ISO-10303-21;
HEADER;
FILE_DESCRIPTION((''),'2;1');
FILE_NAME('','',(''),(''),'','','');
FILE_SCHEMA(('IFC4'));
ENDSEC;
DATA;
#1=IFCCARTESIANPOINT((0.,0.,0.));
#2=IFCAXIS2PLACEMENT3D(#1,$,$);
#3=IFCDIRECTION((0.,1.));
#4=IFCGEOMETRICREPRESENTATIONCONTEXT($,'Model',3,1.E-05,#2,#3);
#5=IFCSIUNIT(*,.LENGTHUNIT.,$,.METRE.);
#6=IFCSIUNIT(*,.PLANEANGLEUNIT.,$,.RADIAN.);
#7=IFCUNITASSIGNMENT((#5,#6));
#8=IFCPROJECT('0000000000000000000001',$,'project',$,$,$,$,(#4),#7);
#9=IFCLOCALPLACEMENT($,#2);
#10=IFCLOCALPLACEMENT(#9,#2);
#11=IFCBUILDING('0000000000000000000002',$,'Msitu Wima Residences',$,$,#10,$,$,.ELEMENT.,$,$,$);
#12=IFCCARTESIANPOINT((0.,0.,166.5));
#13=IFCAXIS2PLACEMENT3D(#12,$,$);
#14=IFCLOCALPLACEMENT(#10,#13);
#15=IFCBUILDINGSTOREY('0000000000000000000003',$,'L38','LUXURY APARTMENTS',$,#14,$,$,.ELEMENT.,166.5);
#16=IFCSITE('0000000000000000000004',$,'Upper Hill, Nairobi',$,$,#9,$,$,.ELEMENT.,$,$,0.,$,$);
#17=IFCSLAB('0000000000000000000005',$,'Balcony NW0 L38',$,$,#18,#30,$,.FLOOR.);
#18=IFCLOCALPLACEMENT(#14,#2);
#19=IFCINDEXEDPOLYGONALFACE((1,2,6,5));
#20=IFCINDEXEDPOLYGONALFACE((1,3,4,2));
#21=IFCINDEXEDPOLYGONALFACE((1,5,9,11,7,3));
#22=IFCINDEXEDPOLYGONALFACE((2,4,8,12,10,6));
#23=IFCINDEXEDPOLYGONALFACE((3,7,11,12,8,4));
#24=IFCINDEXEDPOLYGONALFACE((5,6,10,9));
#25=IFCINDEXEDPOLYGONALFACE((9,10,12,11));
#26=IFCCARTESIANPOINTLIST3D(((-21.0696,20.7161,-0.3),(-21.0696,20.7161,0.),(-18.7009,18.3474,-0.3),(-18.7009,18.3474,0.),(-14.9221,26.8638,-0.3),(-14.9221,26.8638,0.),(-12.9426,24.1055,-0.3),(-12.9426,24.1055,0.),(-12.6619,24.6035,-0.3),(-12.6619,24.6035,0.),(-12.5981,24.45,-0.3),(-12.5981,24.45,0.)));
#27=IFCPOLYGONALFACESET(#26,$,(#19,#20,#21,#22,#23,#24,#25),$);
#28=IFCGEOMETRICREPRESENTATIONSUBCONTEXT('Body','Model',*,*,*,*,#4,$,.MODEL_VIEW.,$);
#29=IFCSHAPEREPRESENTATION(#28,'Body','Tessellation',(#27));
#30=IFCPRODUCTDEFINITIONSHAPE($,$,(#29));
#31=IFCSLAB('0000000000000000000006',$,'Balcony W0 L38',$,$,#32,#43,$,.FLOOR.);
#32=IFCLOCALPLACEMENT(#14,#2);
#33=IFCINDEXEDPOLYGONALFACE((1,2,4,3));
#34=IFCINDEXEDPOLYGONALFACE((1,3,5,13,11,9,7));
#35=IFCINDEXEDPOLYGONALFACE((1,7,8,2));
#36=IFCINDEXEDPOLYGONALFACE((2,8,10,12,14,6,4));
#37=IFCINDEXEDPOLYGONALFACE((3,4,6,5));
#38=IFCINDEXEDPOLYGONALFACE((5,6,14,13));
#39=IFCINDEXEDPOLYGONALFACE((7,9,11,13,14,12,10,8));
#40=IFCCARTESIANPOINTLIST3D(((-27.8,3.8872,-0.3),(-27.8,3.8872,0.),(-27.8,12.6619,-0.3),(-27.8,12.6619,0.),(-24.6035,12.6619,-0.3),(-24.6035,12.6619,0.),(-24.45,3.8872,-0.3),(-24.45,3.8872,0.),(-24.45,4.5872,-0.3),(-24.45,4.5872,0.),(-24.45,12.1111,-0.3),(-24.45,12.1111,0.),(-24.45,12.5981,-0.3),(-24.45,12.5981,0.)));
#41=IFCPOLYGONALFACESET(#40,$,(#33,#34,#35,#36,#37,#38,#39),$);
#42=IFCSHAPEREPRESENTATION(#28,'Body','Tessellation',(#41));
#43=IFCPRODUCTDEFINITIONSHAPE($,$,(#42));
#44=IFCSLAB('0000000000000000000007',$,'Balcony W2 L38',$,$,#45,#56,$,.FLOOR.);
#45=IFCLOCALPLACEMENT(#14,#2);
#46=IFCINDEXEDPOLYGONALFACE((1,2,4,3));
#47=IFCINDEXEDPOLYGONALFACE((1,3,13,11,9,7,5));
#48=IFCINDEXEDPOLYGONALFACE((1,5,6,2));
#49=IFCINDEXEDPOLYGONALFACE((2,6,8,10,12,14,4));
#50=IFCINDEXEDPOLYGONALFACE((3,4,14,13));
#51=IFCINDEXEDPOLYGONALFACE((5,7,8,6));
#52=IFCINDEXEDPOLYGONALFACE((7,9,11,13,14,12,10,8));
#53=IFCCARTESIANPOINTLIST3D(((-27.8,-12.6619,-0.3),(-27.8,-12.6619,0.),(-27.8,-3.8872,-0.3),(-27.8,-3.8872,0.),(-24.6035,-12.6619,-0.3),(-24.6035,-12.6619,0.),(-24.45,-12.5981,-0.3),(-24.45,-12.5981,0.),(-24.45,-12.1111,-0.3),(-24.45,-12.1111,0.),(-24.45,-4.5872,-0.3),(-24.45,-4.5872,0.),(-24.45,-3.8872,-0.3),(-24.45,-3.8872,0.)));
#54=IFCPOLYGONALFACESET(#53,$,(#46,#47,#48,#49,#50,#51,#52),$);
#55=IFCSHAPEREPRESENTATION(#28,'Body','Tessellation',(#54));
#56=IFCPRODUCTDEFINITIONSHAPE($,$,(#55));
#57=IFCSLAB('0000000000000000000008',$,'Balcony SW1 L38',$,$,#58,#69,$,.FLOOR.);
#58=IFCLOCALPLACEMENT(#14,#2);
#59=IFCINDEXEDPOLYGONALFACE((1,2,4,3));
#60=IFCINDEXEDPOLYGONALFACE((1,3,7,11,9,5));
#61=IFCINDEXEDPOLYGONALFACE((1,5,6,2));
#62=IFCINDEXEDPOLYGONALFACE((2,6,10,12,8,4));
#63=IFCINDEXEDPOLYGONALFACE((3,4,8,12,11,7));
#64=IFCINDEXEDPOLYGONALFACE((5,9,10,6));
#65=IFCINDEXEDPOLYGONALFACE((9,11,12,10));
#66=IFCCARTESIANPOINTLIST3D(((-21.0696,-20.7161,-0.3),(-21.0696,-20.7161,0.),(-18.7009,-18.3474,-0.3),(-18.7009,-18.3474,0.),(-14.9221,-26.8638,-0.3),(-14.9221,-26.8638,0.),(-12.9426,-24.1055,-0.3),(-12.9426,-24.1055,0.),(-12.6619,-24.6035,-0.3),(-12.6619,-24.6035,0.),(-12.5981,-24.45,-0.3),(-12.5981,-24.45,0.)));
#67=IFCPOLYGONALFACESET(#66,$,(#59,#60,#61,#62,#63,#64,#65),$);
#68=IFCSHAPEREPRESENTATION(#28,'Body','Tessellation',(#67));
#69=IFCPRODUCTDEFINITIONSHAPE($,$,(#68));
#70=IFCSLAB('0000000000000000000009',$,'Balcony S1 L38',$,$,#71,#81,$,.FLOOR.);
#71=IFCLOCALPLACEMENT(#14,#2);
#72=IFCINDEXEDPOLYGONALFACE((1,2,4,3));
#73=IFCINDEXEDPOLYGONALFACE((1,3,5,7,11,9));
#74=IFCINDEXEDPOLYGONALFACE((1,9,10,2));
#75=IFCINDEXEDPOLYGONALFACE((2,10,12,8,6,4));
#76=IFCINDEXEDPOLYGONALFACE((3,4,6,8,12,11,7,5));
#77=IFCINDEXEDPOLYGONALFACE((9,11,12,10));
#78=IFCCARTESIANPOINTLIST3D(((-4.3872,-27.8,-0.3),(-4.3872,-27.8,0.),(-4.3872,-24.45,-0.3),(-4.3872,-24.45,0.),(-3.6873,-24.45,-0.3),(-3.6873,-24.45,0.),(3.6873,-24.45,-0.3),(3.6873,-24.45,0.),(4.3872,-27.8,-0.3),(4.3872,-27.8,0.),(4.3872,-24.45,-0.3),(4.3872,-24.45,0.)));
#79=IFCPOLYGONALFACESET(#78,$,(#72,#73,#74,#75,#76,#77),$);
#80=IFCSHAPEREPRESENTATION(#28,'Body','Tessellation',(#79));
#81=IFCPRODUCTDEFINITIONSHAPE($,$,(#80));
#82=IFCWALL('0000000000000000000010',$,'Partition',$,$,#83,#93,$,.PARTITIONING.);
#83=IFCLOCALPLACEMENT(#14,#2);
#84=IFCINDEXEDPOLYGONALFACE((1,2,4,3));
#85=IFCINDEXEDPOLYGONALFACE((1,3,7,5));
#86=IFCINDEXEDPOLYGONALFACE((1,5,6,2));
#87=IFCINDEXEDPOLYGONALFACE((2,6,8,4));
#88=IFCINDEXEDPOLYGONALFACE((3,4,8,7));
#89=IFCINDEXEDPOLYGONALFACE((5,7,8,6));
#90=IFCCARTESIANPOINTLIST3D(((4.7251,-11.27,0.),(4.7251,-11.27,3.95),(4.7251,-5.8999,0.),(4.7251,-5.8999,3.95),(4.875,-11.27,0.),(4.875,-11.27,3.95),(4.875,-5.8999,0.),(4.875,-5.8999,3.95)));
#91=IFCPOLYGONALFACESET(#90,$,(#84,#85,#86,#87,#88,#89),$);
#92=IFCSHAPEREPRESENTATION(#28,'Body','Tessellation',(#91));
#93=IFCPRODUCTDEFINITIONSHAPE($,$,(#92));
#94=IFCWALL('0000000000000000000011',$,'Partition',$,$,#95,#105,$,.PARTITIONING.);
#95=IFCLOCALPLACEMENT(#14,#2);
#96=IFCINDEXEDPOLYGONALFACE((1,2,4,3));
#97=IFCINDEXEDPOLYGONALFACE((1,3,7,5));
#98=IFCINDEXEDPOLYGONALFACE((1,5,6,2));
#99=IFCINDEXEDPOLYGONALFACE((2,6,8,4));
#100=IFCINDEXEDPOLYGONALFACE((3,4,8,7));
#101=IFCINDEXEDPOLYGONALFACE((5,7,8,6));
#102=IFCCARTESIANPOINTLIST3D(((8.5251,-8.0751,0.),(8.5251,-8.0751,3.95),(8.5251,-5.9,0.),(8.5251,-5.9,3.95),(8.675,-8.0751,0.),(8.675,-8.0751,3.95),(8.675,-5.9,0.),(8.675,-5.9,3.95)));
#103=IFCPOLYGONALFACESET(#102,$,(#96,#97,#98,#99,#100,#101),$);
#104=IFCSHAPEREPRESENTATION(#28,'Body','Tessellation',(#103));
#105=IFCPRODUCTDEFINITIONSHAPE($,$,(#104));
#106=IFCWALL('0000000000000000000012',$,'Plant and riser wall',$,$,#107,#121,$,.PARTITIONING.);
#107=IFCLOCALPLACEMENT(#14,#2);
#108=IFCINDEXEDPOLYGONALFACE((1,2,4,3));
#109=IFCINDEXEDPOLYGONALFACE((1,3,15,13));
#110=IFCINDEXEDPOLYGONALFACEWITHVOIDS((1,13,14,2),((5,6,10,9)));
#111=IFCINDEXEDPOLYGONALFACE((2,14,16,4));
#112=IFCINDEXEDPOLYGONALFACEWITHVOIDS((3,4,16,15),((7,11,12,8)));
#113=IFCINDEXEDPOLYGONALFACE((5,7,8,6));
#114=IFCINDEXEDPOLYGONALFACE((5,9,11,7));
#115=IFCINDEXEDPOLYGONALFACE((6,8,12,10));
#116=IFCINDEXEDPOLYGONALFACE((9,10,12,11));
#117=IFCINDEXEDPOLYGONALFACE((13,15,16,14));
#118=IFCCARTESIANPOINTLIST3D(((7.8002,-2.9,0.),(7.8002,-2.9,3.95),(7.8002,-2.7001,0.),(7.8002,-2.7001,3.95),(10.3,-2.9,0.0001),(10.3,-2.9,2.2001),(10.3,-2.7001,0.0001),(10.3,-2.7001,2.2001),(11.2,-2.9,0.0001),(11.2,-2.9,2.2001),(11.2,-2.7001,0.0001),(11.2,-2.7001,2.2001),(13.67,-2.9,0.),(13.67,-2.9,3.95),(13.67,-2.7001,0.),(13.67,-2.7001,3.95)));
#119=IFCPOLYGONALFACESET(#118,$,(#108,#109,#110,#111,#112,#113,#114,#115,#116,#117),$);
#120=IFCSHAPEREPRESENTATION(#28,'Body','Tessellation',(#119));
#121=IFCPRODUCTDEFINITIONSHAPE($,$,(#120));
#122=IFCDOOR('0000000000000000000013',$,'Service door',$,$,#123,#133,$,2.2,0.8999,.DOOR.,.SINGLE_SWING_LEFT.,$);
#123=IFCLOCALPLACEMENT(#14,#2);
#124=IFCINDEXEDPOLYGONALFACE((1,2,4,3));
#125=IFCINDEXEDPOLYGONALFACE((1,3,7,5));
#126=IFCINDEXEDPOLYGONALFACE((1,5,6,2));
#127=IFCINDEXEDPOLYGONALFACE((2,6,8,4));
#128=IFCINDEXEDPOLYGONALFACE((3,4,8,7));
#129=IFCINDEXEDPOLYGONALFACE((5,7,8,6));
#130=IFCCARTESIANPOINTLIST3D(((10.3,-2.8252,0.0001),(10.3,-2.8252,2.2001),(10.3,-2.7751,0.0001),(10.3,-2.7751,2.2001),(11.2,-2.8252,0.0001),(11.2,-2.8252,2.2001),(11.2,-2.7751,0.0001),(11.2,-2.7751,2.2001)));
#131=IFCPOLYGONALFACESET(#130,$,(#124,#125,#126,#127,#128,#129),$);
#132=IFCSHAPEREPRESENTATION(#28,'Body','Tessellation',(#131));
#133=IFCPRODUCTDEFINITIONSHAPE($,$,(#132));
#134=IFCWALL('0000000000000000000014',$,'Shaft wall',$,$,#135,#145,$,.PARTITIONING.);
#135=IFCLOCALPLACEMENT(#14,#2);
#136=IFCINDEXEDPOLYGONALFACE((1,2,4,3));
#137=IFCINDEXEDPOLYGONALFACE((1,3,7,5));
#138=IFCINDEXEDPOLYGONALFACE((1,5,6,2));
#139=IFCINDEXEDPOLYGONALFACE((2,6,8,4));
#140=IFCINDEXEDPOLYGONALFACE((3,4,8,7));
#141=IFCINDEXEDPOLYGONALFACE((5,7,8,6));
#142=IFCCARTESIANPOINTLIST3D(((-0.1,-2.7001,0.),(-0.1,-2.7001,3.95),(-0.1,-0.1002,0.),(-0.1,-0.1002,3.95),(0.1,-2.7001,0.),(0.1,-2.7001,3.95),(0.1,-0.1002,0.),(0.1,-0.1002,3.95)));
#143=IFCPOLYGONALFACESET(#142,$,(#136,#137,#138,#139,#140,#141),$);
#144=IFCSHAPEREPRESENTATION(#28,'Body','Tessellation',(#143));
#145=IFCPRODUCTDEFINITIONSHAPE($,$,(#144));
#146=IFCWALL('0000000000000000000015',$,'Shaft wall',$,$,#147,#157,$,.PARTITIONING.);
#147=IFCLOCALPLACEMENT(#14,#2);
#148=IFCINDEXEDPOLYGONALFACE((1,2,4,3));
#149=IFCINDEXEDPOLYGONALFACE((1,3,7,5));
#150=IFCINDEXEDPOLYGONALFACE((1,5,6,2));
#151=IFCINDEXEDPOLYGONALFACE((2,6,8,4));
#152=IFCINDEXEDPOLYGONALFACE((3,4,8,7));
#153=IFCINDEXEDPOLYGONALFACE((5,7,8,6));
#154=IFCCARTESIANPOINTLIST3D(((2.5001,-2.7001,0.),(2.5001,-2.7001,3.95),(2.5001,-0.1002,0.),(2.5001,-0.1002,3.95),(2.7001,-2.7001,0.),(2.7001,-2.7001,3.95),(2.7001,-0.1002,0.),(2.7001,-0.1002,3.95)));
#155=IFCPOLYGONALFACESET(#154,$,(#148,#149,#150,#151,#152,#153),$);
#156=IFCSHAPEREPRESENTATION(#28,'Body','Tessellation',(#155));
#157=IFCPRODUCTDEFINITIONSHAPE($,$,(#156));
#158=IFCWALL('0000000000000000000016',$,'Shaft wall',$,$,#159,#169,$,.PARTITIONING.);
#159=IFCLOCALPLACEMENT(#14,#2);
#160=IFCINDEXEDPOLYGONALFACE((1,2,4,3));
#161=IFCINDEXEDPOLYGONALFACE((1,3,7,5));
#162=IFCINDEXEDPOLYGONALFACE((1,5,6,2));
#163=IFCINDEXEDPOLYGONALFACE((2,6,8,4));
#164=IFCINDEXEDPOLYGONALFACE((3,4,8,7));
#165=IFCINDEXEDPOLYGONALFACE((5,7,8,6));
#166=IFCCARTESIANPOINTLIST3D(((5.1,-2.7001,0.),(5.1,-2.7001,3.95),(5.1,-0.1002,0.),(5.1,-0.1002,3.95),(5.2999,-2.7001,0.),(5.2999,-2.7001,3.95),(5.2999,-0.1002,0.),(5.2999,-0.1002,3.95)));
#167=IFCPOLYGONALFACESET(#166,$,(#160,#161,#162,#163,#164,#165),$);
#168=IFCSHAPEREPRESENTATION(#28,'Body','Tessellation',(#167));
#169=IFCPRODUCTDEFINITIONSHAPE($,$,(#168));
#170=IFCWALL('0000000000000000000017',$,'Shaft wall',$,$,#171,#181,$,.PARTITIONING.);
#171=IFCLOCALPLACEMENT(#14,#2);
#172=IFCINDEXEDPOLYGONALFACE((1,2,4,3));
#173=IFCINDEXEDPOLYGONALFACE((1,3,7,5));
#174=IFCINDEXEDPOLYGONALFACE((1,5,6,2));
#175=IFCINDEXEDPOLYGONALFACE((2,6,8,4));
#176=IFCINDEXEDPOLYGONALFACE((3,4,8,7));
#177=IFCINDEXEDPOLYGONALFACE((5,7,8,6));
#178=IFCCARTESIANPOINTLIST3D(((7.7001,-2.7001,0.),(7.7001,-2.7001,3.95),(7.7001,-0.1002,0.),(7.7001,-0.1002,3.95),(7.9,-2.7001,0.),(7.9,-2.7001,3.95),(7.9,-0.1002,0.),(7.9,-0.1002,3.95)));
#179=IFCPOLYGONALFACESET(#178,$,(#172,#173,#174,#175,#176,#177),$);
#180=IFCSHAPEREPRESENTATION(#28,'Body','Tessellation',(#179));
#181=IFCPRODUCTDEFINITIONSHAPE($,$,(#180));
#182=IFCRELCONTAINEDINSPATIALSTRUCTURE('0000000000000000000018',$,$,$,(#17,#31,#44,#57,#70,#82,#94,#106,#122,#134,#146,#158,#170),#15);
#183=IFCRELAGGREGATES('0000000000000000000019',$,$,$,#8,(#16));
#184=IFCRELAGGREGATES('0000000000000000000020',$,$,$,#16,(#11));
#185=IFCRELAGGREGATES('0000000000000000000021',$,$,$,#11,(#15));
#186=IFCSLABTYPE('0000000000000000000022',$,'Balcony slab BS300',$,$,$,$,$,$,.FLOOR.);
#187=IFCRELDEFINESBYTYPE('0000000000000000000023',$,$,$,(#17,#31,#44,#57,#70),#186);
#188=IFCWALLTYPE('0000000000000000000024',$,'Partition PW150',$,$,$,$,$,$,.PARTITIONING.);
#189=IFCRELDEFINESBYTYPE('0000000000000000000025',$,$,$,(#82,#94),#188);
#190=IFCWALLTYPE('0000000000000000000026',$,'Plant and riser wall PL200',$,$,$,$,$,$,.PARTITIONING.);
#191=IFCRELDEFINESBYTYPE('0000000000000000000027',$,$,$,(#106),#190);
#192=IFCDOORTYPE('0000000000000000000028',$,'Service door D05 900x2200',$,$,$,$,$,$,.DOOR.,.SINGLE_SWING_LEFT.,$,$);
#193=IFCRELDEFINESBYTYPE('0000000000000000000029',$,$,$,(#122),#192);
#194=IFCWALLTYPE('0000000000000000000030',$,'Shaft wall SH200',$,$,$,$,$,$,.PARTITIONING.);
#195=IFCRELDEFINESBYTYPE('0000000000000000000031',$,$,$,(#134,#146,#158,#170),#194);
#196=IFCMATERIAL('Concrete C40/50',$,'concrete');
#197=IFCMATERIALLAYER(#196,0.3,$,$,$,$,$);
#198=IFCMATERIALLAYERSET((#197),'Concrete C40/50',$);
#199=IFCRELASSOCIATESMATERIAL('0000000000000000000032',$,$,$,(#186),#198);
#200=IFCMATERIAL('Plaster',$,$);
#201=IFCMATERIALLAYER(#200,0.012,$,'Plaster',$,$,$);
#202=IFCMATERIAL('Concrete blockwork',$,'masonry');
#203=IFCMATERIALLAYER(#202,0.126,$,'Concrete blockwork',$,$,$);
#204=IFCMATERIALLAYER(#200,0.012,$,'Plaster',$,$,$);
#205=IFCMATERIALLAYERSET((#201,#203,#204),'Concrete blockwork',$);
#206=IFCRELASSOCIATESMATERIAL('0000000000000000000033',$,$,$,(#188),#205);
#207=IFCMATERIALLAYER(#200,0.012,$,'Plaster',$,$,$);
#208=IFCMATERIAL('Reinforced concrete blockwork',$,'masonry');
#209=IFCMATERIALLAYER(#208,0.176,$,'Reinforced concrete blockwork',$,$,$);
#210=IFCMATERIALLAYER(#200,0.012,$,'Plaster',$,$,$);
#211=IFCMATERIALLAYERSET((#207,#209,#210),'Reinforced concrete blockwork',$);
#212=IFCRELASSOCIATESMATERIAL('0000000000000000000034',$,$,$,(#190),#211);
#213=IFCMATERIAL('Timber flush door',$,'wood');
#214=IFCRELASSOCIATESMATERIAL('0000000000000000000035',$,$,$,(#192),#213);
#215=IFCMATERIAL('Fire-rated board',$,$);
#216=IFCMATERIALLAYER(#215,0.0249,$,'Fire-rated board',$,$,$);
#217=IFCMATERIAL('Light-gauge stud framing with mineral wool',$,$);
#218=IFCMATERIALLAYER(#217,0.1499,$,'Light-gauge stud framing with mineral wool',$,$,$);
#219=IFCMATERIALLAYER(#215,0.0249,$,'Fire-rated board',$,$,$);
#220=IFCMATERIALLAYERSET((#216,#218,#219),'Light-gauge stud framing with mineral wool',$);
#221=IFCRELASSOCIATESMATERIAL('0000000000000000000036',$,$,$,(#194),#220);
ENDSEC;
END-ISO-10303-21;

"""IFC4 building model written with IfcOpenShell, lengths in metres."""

from ifc_helpers import new_model, si_unit, direction, frame, frame_2d, origin, place, context, subcontext, project, spatial, polyline, rectangle, outline, extrude, material, layer, layer_set, type_object, element, fill, save


model = new_model("IFC4")

# Units and contexts
model_context = context("Model", 3, precision=1e-05, world=origin(), true_north=direction((0.0, 1.0)))
body_context = subcontext(model_context, "Body", "Model", "MODEL_VIEW")
ifc_project = project(units=[si_unit("LENGTHUNIT", "METRE"), si_unit("PLANEANGLEUNIT", "RADIAN")], contexts=[model_context])

# Site, building, storey
site_placement = place(None, origin())
site = spatial("IfcSite", under=ifc_project, at=site_placement, Name="Upper Hill, Nairobi", CompositionType="ELEMENT", RefElevation=0.0)
building_placement = place(site_placement, origin())
building = spatial("IfcBuilding", under=site, at=building_placement, Name="Msitu Wima Residences", CompositionType="ELEMENT")
storey_placement = place(building_placement, frame((0.0, 0.0, 166.5)))
storey = spatial("IfcBuildingStorey", under=building, at=storey_placement, Name="L38", Description="LUXURY APARTMENTS", CompositionType="ELEMENT", Elevation=166.5)

# Slabs
ifc_material_1 = material(Name="Concrete C40/50", Category="concrete")
ifc_layer_1 = layer(ifc_material_1, 0.3)
ifc_layer_set_1 = layer_set([ifc_layer_1], Name="Concrete C40/50")
slab_type = type_object("IfcSlabType", Name="Balcony slab BS300", PredefinedType="FLOOR", material=ifc_layer_set_1)
slab_1_placement = place(storey_placement, frame((0.0, 0.0, -0.3)))
element("IfcSlab", 1, at=slab_1_placement, inside=storey, type_object=slab_type, Name="Balcony NW0 L38", PredefinedType="FLOOR", context=body_context, shape_type="SweptSolid", body=[
    extrude(outline(polyline([(-12.9426, 24.1055), (-12.9426, 24.1055), (-18.7009, 18.3474), (-21.0696, 20.7161), (-14.9221, 26.8638), (-12.6619, 24.6035), (-12.5981, 24.45), (-12.9426, 24.1055), (-12.9426, 24.1055)])), origin(), (0.0, 0.0, 1.0), 0.3),
])
slab_2_placement = place(storey_placement, frame((0.0, 0.0, -0.3)))
element("IfcSlab", 2, at=slab_2_placement, inside=storey, type_object=slab_type, Name="Balcony W0 L38", PredefinedType="FLOOR", context=body_context, shape_type="SweptSolid", body=[
    extrude(outline(polyline([(-24.45, 12.1111), (-24.45, 12.1111), (-24.45, 4.5872), (-24.45, 3.8872), (-27.8, 3.8872), (-27.8, 12.6619), (-24.6035, 12.6619), (-24.45, 12.5981), (-24.45, 12.1111), (-24.45, 12.1111)])), origin(), (0.0, 0.0, 1.0), 0.3),
])
slab_3_placement = place(storey_placement, frame((0.0, 0.0, -0.3)))
element("IfcSlab", 3, at=slab_3_placement, inside=storey, type_object=slab_type, Name="Balcony W2 L38", PredefinedType="FLOOR", context=body_context, shape_type="SweptSolid", body=[
    extrude(outline(polyline([(-24.45, -12.1111), (-24.45, -12.1111), (-24.45, -12.5981), (-24.6035, -12.6619), (-27.8, -12.6619), (-27.8, -3.8872), (-24.45, -3.8872), (-24.45, -4.5872), (-24.45, -4.5872), (-24.45, -12.1111), (-24.45, -12.1111)])), origin(), (0.0, 0.0, 1.0), 0.3),
])
slab_4_placement = place(storey_placement, frame((0.0, 0.0, -0.3)))
element("IfcSlab", 4, at=slab_4_placement, inside=storey, type_object=slab_type, Name="Balcony SW1 L38", PredefinedType="FLOOR", context=body_context, shape_type="SweptSolid", body=[
    extrude(outline(polyline([(-12.9426, -24.1055), (-12.9426, -24.1055), (-12.5981, -24.45), (-12.6619, -24.6035), (-14.9221, -26.8638), (-21.0696, -20.7161), (-18.7009, -18.3474), (-12.9426, -24.1055), (-12.9426, -24.1055)])), origin(), (0.0, 0.0, 1.0), 0.3),
])
slab_5_placement = place(storey_placement, frame((0.0, 0.0, -0.3)))
element("IfcSlab", 5, at=slab_5_placement, inside=storey, type_object=slab_type, Name="Balcony S1 L38", PredefinedType="FLOOR", context=body_context, shape_type="SweptSolid", body=[
    extrude(outline(polyline([(-3.6873, -24.45), (3.6873, -24.45), (4.3872, -24.45), (4.3872, -27.8), (-4.3872, -27.8), (-4.3872, -24.45), (-3.6873, -24.45)])), origin(), (0.0, 0.0, 1.0), 0.3),
])

# Walls
ifc_material_2 = material(Name="Plaster")
ifc_layer_2 = layer(ifc_material_2, 0.012, Name="Plaster")
ifc_material_3 = material(Name="Concrete blockwork", Category="masonry")
ifc_layer_3 = layer(ifc_material_3, 0.126, Name="Concrete blockwork")
ifc_layer_4 = layer(ifc_material_2, 0.012, Name="Plaster")
ifc_layer_set_2 = layer_set([ifc_layer_2, ifc_layer_3, ifc_layer_4], Name="Concrete blockwork")
wall_type_1 = type_object("IfcWallType", Name="Partition PW150", PredefinedType="PARTITIONING", material=ifc_layer_set_2)
wall_1_placement = place(storey_placement, frame((4.8, -11.27, 0.0), z_axis=(0.0, 0.0, 1.0), x_axis=(0.0, 1.0, 0.0)))
element("IfcWall", 6, at=wall_1_placement, inside=storey, type_object=wall_type_1, Name="Partition", PredefinedType="PARTITIONING", context=body_context, shape_type="SweptSolid", body=[
    extrude(rectangle(XDim=5.3701, YDim=0.1499, at=frame_2d((2.6851, 0.0))), origin(), (0.0, 0.0, 1.0), 3.95),
])
wall_2_placement = place(storey_placement, frame((8.6001, -8.075, 0.0), z_axis=(0.0, 0.0, 1.0), x_axis=(0.0, 1.0, 0.0)))
element("IfcWall", 7, at=wall_2_placement, inside=storey, type_object=wall_type_1, Name="Partition", PredefinedType="PARTITIONING", context=body_context, shape_type="SweptSolid", body=[
    extrude(rectangle(XDim=2.175, YDim=0.1499, at=frame_2d((1.0874, 0.0))), origin(), (0.0, 0.0, 1.0), 3.95),
])

# Wall, opening, door
ifc_layer_5 = layer(ifc_material_2, 0.012, Name="Plaster")
ifc_material_4 = material(Name="Reinforced concrete blockwork", Category="masonry")
ifc_layer_6 = layer(ifc_material_4, 0.176, Name="Reinforced concrete blockwork")
ifc_layer_7 = layer(ifc_material_2, 0.012, Name="Plaster")
ifc_layer_set_3 = layer_set([ifc_layer_5, ifc_layer_6, ifc_layer_7], Name="Reinforced concrete blockwork")
wall_type_2 = type_object("IfcWallType", Name="Plant and riser wall PL200", PredefinedType="PARTITIONING", material=ifc_layer_set_3)
wall_3_placement = place(storey_placement, frame((7.8, -2.8, 0.0), z_axis=(0.0, 0.0, 1.0), x_axis=(1.0, 0.0, 0.0)))
wall_3 = element("IfcWall", 8, at=wall_3_placement, inside=storey, type_object=wall_type_2, Name="Plant and riser wall", PredefinedType="PARTITIONING", context=body_context, shape_type="SweptSolid", body=[
    extrude(rectangle(XDim=5.8699, YDim=0.2, at=frame_2d((2.9351, 0.0))), origin(), (0.0, 0.0, 1.0), 3.95),
])
opening_placement = place(wall_3_placement, frame((2.5, 0.0, 0.0)))
opening = element("IfcOpeningElement", 9, at=opening_placement, cuts=wall_3, PredefinedType="OPENING", context=body_context, shape_type="SweptSolid", body=[
    extrude(rectangle(XDim=0.8999, YDim=2.2, at=frame_2d((0.45, 1.1001))), frame((0.0, 0.1099, 0.0), z_axis=(0.0, -1.0, 0.0), x_axis=(1.0, 0.0, 0.0)), (0.0, 0.0, 1.0), 0.22),
])
ifc_material_5 = material(Name="Timber flush door", Category="wood")
door_type = type_object("IfcDoorType", Name="Service door D05 900x2200", OperationType="SINGLE_SWING_LEFT", PredefinedType="DOOR", material=ifc_material_5)
door_placement = place(opening_placement, origin())
door = element("IfcDoor", 10, at=door_placement, inside=storey, type_object=door_type, Name="Service door", OperationType="SINGLE_SWING_LEFT", OverallHeight=2.2, OverallWidth=0.8999, PredefinedType="DOOR", context=body_context, shape_type="SweptSolid", body=[
    extrude(rectangle(XDim=0.8999, YDim=2.2, at=frame_2d((0.45, 1.1001))), frame((0.0, 0.0249, 0.0), z_axis=(0.0, -1.0, 0.0), x_axis=(1.0, 0.0, 0.0)), (0.0, 0.0, 1.0), 0.05),
])
fill(opening, door)

# Walls
ifc_material_6 = material(Name="Fire-rated board")
ifc_layer_8 = layer(ifc_material_6, 0.0249, Name="Fire-rated board")
ifc_material_7 = material(Name="Light-gauge stud framing with mineral wool")
ifc_layer_9 = layer(ifc_material_7, 0.1499, Name="Light-gauge stud framing with mineral wool")
ifc_layer_10 = layer(ifc_material_6, 0.0249, Name="Fire-rated board")
ifc_layer_set_4 = layer_set([ifc_layer_8, ifc_layer_9, ifc_layer_10], Name="Light-gauge stud framing with mineral wool")
wall_type_3 = type_object("IfcWallType", Name="Shaft wall SH200", PredefinedType="PARTITIONING", material=ifc_layer_set_4)
for number, where, z_axis, x_axis, name in (
    (11, (0.0, -2.7, 0.0), (0.0, 0.0, 1.0), (0.0, 1.0, 0.0), "Shaft wall"),
    (12, (2.6001, -2.7, 0.0), (0.0, 0.0, 1.0), (0.0, 1.0, 0.0), "Shaft wall"),
    (13, (5.2, -2.7, 0.0), (0.0, 0.0, 1.0), (0.0, 1.0, 0.0), "Shaft wall"),
    (14, (7.8, -2.7, 0.0), (0.0, 0.0, 1.0), (0.0, 1.0, 0.0), "Shaft wall"),
):
    element("IfcWall", number, at=place(storey_placement, frame(where, z_axis=z_axis, x_axis=x_axis)), inside=storey, type_object=wall_type_3, Name=name, PredefinedType="PARTITIONING", context=body_context, shape_type="SweptSolid", body=[
        extrude(rectangle(XDim=2.5999, YDim=0.2, at=frame_2d((1.2998, 0.0))), origin(), (0.0, 0.0, 1.0), 3.95),
    ])

save(model, "model.ifc")
